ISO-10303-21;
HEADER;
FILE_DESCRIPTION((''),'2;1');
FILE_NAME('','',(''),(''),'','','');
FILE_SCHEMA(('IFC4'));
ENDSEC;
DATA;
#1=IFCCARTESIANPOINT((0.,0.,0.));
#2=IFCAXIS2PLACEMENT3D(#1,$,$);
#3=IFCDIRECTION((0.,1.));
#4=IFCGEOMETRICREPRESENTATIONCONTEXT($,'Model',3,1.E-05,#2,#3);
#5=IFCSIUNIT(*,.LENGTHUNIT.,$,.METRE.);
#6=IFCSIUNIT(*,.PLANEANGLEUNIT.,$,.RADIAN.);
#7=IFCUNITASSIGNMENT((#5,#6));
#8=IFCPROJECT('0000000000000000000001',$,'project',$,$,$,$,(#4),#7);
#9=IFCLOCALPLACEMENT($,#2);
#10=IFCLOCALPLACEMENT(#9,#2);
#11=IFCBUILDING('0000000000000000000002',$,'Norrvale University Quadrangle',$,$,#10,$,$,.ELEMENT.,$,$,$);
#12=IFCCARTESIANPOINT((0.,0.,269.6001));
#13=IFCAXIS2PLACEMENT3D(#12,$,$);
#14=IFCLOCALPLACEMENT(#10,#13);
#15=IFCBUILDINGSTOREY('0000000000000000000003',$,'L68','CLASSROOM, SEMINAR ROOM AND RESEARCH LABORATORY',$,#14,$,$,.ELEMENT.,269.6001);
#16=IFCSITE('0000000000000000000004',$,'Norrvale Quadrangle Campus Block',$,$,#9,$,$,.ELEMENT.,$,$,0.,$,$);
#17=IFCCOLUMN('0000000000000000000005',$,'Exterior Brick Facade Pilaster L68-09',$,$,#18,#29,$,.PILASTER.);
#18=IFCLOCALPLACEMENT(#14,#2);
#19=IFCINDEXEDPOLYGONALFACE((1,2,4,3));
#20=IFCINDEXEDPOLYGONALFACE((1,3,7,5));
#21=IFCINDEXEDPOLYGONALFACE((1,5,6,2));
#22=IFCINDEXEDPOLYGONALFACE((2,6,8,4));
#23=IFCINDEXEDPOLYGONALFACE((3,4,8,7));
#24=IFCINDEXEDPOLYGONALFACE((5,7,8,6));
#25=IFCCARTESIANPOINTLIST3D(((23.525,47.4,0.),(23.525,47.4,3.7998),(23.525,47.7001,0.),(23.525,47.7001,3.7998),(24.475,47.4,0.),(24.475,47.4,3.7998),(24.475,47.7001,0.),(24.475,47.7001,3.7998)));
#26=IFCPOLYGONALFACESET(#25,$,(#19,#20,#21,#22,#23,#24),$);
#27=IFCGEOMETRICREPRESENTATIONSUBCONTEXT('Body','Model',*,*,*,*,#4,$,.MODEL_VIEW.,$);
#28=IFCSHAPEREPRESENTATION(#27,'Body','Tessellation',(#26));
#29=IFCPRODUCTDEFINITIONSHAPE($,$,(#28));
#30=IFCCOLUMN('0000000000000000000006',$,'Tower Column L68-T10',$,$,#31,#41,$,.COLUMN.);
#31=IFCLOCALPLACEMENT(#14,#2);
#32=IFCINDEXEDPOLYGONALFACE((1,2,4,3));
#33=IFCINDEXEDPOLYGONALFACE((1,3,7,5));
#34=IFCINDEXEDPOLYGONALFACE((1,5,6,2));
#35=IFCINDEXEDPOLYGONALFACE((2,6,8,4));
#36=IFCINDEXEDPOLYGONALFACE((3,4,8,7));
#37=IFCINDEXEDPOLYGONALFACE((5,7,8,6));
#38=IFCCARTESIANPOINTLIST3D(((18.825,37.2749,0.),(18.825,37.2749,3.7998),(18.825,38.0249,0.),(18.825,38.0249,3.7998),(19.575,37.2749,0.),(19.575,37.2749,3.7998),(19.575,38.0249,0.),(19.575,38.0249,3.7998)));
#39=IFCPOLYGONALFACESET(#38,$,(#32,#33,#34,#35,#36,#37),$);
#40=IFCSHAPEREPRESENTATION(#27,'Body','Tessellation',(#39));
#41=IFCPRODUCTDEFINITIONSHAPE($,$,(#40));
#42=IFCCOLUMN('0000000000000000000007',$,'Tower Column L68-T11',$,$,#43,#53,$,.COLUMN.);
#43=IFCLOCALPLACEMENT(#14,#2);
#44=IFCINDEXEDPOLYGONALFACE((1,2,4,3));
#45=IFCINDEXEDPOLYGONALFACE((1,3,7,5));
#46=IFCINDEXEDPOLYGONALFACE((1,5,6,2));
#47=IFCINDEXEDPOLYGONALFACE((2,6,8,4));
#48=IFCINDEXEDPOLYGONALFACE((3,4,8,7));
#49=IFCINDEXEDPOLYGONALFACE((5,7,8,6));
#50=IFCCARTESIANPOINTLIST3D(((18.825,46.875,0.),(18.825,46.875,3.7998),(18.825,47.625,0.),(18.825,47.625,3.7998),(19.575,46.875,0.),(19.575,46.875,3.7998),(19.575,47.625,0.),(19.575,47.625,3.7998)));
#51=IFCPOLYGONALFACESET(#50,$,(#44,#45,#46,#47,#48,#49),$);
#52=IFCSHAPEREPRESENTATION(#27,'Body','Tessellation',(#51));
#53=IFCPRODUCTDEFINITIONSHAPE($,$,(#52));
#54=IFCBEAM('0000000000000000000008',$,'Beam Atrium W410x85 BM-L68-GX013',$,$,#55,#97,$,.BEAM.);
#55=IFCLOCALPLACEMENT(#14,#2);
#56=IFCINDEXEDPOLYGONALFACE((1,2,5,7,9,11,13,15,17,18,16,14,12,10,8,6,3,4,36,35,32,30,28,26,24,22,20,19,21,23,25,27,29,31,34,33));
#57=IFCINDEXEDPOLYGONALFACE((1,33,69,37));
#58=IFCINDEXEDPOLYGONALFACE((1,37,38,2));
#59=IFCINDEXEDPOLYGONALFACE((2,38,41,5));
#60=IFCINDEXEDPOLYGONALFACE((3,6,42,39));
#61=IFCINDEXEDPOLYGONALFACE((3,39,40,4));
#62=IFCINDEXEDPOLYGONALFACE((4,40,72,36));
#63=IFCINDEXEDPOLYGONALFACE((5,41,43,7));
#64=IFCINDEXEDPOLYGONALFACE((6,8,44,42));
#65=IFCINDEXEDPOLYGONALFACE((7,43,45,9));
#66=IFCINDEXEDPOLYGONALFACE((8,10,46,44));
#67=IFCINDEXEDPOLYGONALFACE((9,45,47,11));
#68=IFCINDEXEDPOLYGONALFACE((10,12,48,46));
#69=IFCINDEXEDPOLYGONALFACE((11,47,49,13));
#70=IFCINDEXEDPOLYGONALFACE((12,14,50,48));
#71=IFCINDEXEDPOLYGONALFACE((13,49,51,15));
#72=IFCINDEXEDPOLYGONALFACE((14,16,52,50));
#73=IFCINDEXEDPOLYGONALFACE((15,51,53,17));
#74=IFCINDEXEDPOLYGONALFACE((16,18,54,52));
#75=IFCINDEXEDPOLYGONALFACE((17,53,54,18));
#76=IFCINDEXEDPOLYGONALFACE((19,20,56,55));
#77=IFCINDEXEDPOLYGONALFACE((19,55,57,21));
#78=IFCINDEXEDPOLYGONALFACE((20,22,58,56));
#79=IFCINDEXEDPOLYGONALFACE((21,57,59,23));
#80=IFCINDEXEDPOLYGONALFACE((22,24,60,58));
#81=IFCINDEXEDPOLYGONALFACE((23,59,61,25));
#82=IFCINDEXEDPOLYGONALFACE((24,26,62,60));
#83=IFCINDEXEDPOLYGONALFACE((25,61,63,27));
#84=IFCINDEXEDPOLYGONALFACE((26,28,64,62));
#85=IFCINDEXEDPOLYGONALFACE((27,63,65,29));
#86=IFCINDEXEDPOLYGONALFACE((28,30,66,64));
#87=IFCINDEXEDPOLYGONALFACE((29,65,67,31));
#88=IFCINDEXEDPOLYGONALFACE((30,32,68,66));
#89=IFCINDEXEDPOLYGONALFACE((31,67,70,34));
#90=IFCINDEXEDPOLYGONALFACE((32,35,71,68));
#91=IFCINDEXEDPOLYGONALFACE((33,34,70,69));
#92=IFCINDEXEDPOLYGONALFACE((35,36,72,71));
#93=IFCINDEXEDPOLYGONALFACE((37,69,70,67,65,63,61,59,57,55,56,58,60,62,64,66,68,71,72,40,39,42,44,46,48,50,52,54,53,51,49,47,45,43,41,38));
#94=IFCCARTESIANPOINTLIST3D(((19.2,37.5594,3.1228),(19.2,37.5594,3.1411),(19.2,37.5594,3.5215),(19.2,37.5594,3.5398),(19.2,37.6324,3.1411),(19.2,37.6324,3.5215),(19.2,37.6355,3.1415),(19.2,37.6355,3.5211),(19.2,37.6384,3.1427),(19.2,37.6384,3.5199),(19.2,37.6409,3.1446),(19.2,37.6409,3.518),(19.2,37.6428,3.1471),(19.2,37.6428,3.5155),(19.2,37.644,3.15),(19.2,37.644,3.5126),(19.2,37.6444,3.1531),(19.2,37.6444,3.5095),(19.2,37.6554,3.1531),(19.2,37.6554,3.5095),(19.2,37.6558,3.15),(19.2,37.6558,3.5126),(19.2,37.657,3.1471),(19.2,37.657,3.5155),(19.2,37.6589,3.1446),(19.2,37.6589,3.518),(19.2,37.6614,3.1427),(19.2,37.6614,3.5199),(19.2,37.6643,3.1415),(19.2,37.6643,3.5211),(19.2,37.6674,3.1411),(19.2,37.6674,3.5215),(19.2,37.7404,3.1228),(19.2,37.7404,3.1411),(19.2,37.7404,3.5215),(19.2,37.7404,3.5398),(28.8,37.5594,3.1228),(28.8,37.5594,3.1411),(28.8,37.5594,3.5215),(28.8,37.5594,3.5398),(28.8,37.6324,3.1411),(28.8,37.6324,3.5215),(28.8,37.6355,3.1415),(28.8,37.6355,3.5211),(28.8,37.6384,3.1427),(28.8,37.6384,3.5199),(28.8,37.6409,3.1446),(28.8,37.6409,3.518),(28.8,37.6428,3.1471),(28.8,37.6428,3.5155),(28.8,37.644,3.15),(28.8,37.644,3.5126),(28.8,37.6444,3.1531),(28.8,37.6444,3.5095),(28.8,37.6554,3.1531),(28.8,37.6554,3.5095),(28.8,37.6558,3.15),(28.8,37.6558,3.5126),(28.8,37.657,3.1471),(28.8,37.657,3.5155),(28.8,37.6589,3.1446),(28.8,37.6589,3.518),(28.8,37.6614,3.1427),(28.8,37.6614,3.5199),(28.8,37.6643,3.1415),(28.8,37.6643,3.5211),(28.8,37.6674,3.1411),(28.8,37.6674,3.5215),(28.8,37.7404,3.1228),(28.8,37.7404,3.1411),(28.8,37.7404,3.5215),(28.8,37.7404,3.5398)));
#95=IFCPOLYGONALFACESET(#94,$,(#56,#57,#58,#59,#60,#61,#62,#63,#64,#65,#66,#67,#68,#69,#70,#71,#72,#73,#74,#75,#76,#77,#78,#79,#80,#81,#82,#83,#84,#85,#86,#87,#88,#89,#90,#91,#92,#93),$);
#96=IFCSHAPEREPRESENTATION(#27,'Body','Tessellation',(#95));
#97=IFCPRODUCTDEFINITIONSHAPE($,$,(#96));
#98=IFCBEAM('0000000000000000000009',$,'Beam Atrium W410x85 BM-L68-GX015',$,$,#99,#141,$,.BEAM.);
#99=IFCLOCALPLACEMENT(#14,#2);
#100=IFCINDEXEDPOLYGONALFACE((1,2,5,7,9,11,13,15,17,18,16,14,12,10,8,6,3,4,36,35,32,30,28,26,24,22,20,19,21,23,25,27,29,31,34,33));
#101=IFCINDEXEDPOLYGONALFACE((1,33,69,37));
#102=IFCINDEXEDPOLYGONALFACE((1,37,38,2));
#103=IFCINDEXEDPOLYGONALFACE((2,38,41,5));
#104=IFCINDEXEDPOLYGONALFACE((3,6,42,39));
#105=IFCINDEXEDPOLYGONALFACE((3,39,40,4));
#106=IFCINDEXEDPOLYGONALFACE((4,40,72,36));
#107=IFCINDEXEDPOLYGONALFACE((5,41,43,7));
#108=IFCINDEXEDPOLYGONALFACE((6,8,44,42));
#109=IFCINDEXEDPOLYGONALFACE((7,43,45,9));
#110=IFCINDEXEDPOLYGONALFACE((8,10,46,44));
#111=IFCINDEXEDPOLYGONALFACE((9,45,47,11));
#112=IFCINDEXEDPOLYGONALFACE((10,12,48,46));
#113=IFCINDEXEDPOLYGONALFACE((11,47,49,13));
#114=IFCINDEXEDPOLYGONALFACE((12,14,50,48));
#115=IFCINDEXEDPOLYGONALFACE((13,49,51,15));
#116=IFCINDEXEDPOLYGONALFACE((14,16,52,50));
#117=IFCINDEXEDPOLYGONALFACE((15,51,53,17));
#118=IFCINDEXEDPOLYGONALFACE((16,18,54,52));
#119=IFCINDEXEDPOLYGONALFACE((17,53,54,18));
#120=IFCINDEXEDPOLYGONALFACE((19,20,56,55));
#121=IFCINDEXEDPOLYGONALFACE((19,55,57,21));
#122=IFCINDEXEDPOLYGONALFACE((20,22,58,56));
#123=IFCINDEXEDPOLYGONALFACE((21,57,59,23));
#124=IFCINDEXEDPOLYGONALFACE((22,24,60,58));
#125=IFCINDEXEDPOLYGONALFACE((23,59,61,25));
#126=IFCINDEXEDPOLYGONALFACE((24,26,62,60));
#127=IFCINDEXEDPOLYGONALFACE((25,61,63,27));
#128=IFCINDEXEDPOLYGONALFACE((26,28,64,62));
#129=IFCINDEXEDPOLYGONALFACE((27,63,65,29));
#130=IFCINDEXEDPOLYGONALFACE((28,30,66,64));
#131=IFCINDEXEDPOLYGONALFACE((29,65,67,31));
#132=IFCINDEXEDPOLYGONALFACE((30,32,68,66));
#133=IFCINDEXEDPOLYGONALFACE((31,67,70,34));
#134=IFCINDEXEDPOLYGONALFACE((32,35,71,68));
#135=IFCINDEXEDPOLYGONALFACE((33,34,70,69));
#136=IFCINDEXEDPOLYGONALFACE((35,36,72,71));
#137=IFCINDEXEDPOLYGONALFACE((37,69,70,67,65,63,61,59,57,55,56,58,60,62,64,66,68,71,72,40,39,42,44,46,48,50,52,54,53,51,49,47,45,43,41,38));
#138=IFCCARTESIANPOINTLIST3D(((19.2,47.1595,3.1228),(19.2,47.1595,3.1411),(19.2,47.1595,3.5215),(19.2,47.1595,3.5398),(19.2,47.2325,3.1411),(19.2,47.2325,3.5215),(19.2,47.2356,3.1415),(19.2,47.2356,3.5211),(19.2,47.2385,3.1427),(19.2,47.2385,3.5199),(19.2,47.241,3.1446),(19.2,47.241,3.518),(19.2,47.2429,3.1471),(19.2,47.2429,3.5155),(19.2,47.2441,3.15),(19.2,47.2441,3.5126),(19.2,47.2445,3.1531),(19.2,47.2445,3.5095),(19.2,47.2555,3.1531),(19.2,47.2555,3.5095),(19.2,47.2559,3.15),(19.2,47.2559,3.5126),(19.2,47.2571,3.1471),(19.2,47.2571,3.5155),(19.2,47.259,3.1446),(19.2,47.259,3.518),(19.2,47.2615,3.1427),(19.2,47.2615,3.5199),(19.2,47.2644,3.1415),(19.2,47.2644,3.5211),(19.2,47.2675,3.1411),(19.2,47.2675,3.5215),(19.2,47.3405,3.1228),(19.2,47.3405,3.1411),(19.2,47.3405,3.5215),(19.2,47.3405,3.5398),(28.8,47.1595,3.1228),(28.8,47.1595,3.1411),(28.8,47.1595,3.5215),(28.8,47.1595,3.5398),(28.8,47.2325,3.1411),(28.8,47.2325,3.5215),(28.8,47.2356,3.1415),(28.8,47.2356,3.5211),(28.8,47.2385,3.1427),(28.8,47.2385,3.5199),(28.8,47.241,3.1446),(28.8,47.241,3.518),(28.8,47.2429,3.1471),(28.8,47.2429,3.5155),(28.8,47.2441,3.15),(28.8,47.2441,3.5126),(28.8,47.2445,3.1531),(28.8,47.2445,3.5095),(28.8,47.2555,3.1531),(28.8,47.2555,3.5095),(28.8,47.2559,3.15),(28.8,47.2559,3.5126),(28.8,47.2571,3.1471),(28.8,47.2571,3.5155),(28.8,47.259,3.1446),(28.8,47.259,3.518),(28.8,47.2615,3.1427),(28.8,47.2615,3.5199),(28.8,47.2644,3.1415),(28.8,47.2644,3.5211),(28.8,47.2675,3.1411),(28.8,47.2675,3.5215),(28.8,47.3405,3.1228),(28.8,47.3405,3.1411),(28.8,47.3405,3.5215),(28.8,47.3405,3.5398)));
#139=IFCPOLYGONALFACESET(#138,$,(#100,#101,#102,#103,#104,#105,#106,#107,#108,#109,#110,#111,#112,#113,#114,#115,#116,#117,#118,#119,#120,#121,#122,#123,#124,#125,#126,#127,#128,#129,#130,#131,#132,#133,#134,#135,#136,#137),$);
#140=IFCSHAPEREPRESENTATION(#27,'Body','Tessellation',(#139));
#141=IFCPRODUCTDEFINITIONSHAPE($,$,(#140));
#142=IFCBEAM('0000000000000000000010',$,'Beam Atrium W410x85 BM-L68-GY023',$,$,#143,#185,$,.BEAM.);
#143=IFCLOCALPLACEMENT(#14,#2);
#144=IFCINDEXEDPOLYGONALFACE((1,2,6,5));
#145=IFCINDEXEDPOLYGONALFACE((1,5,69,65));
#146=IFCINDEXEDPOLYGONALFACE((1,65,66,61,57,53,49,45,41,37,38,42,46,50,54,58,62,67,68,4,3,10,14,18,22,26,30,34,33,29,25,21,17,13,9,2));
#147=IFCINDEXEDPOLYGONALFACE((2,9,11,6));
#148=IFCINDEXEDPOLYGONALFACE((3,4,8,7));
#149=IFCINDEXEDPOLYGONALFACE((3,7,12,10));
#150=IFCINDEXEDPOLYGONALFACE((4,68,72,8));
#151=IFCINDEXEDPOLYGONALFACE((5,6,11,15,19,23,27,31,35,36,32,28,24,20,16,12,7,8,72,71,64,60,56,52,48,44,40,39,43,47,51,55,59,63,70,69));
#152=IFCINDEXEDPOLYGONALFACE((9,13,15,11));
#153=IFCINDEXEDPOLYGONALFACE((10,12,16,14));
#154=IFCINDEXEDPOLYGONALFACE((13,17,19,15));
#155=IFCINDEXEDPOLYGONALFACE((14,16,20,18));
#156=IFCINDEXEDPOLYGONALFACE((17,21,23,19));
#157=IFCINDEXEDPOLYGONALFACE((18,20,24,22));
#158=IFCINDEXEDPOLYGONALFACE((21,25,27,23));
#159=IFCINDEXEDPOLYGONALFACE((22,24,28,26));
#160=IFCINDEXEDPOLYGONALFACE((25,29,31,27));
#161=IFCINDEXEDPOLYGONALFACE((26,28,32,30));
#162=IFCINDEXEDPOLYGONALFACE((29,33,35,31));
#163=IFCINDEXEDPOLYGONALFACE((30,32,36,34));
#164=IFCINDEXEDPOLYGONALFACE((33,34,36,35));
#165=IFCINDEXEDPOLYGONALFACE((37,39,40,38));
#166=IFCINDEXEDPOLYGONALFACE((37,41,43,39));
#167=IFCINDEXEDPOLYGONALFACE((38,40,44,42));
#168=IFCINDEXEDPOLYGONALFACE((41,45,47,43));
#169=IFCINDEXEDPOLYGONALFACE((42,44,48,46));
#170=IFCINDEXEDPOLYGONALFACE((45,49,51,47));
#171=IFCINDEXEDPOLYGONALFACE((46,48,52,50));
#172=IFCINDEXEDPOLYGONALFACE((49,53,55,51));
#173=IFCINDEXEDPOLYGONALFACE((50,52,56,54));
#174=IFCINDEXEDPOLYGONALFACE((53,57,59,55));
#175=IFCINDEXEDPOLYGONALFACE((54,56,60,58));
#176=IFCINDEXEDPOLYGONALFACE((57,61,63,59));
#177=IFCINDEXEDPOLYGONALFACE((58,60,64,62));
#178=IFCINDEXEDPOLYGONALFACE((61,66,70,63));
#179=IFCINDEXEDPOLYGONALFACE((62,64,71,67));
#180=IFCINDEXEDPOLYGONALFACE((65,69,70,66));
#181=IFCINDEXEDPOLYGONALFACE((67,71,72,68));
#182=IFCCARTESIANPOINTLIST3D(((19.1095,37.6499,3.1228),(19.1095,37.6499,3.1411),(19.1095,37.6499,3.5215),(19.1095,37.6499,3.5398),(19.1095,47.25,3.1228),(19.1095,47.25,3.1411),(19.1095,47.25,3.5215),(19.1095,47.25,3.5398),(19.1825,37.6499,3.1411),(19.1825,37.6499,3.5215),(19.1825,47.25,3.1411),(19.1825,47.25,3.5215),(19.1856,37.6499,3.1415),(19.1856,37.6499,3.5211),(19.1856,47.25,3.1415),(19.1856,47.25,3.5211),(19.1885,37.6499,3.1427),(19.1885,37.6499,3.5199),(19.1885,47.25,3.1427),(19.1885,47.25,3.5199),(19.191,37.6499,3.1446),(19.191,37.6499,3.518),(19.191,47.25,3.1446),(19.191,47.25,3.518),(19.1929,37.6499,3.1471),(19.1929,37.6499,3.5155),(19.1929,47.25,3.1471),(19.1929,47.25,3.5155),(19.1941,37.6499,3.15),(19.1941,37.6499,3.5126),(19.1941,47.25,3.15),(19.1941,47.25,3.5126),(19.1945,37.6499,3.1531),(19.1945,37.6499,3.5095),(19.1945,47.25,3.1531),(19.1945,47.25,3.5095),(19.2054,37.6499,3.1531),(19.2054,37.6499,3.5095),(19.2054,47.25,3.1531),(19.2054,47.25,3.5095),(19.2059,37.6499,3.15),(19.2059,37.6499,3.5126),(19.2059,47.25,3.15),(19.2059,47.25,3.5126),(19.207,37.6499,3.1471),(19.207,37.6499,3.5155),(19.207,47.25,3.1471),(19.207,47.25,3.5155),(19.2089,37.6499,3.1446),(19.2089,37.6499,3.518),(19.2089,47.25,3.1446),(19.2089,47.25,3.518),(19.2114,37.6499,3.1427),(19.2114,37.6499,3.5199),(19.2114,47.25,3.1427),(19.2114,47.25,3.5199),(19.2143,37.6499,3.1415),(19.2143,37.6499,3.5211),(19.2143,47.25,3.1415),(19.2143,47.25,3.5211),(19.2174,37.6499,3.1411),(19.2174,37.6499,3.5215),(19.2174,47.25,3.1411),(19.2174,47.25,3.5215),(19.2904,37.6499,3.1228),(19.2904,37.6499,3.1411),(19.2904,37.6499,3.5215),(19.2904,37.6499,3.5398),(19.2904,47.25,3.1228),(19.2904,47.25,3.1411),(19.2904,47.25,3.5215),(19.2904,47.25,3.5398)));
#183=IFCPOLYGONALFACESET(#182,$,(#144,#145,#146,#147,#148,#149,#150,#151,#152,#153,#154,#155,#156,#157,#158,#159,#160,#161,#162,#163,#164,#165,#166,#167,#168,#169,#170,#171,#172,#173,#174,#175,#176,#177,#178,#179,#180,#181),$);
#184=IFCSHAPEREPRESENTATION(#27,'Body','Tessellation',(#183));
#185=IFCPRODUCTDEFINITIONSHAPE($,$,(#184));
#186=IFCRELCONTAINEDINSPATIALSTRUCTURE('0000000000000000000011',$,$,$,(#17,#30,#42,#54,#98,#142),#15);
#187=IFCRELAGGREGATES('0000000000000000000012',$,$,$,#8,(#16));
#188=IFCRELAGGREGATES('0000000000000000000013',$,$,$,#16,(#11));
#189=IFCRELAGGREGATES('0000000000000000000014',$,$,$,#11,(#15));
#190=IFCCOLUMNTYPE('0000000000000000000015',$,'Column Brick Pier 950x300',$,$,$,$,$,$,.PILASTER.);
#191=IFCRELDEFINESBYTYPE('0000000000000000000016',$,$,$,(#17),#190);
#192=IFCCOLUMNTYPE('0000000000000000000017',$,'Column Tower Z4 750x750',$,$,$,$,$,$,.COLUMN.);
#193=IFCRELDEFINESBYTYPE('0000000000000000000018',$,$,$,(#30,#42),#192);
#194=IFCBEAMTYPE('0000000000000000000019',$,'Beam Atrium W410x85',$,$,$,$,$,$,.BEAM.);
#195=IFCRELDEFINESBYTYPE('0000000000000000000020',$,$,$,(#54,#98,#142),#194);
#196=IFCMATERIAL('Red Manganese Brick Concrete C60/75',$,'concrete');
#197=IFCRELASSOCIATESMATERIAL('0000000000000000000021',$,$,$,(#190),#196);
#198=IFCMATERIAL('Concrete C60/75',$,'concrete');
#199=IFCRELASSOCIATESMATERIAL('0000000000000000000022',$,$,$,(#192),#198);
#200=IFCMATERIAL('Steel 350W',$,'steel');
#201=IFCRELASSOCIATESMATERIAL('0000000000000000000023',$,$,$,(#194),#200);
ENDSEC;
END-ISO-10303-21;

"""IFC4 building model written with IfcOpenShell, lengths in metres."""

from ifc_helpers import new_model, si_unit, direction, frame, origin, origin_2d, place, context, subcontext, project, spatial, rectangle, i_section, extrude, material, material_profile, profile_set, type_object, element, save


model = new_model("IFC4")

# Units and contexts
model_context = context("Model", 3, precision=1e-05, world=origin(), true_north=direction((0.0, 1.0)))
body_context = subcontext(model_context, "Body", "Model", "MODEL_VIEW")
ifc_project = project(units=[si_unit("LENGTHUNIT", "METRE"), si_unit("PLANEANGLEUNIT", "RADIAN")], contexts=[model_context])

# Site, building, storey
site_placement = place(None, origin())
site = spatial("IfcSite", under=ifc_project, at=site_placement, Name="Norrvale Quadrangle Campus Block", CompositionType="ELEMENT", RefElevation=0.0)
building_placement = place(site_placement, origin())
building = spatial("IfcBuilding", under=site, at=building_placement, Name="Norrvale University Quadrangle", CompositionType="ELEMENT")
storey_placement = place(building_placement, frame((0.0, 0.0, 269.6001)))
storey = spatial("IfcBuildingStorey", under=building, at=storey_placement, Name="L68", Description="CLASSROOM, SEMINAR ROOM AND RESEARCH LABORATORY", CompositionType="ELEMENT", Elevation=269.6001)

# Columns
ifc_material_1 = material(Name="Red Manganese Brick Concrete C60/75", Category="concrete")
ifc_material_profile_1 = material_profile(ifc_material_1, rectangle(XDim=0.95, YDim=0.3, at=origin_2d()), Name="Red Manganese Brick Concrete C60/75")
ifc_profile_set_1 = profile_set([ifc_material_profile_1], Name="Red Manganese Brick Concrete C60/75")
column_type_1 = type_object("IfcColumnType", Name="Column Brick Pier 950x300", PredefinedType="PILASTER", material=ifc_profile_set_1)
column_placement = place(storey_placement, frame((24.0, 47.55, 0.0), z_axis=(0.0, 0.0, 1.0), x_axis=(1.0, 0.0, 0.0)))
element("IfcColumn", 1, at=column_placement, inside=storey, type_object=column_type_1, Name="Exterior Brick Facade Pilaster L68-09", PredefinedType="PILASTER", context=body_context, shape_type="SweptSolid", body=[
    extrude(rectangle(XDim=0.95, YDim=0.3, at=origin_2d()), origin(), (0.0, 0.0, 1.0), 3.7998),
])
ifc_material_2 = material(Name="Concrete C60/75", Category="concrete")
ifc_material_profile_2 = material_profile(ifc_material_2, rectangle(XDim=0.75, YDim=0.75, at=origin_2d()), Name="Concrete C60/75")
ifc_profile_set_2 = profile_set([ifc_material_profile_2], Name="Concrete C60/75")
column_type_2 = type_object("IfcColumnType", Name="Column Tower Z4 750x750", PredefinedType="COLUMN", material=ifc_profile_set_2)
for number, where, z_axis, x_axis, name in (
    (2, (19.2, 37.6499, 0.0), (0.0, 0.0, 1.0), (1.0, 0.0, 0.0), "Tower Column L68-T10"),
    (3, (19.2, 47.25, 0.0), (0.0, 0.0, 1.0), (1.0, 0.0, 0.0), "Tower Column L68-T11"),
):
    element("IfcColumn", number, at=place(storey_placement, frame(where, z_axis=z_axis, x_axis=x_axis)), inside=storey, type_object=column_type_2, Name=name, PredefinedType="COLUMN", context=body_context, shape_type="SweptSolid", body=[
        extrude(rectangle(XDim=0.75, YDim=0.75, at=origin_2d()), origin(), (0.0, 0.0, 1.0), 3.7998),
    ])

# Beams
ifc_material_3 = material(Name="Steel 350W", Category="steel")
ifc_material_profile_3 = material_profile(ifc_material_3, i_section(OverallWidth=0.1809, OverallDepth=0.417, WebThickness=0.011, FlangeThickness=0.0183, FilletRadius=0.012, at=origin_2d()), Name="Steel 350W")
ifc_profile_set_3 = profile_set([ifc_material_profile_3], Name="Steel 350W")
beam_type_1 = type_object("IfcBeamType", Name="Beam Atrium W410x85", PredefinedType="BEAM", material=ifc_profile_set_3)
for number, where, z_axis, x_axis, name in (
    (4, (19.2, 37.6499, 3.3313), (1.0, 0.0, 0.0), (0.0, 1.0, 0.0), "Beam Atrium W410x85 BM-L68-GX013"),
    (5, (19.2, 47.25, 3.3313), (1.0, 0.0, 0.0), (0.0, 1.0, 0.0), "Beam Atrium W410x85 BM-L68-GX015"),
    (6, (19.2, 37.6499, 3.3313), (0.0, 1.0, 0.0), (-1.0, 0.0, 0.0), "Beam Atrium W410x85 BM-L68-GY023"),
):
    element("IfcBeam", number, at=place(storey_placement, frame(where, z_axis=z_axis, x_axis=x_axis)), inside=storey, type_object=beam_type_1, Name=name, PredefinedType="BEAM", context=body_context, shape_type="SweptSolid", body=[
        extrude(i_section(OverallWidth=0.1809, OverallDepth=0.417, WebThickness=0.011, FlangeThickness=0.0183, FilletRadius=0.012, at=origin_2d()), origin(), (0.0, 0.0, 1.0), 9.6001),
    ])

save(model, "model.ifc")
